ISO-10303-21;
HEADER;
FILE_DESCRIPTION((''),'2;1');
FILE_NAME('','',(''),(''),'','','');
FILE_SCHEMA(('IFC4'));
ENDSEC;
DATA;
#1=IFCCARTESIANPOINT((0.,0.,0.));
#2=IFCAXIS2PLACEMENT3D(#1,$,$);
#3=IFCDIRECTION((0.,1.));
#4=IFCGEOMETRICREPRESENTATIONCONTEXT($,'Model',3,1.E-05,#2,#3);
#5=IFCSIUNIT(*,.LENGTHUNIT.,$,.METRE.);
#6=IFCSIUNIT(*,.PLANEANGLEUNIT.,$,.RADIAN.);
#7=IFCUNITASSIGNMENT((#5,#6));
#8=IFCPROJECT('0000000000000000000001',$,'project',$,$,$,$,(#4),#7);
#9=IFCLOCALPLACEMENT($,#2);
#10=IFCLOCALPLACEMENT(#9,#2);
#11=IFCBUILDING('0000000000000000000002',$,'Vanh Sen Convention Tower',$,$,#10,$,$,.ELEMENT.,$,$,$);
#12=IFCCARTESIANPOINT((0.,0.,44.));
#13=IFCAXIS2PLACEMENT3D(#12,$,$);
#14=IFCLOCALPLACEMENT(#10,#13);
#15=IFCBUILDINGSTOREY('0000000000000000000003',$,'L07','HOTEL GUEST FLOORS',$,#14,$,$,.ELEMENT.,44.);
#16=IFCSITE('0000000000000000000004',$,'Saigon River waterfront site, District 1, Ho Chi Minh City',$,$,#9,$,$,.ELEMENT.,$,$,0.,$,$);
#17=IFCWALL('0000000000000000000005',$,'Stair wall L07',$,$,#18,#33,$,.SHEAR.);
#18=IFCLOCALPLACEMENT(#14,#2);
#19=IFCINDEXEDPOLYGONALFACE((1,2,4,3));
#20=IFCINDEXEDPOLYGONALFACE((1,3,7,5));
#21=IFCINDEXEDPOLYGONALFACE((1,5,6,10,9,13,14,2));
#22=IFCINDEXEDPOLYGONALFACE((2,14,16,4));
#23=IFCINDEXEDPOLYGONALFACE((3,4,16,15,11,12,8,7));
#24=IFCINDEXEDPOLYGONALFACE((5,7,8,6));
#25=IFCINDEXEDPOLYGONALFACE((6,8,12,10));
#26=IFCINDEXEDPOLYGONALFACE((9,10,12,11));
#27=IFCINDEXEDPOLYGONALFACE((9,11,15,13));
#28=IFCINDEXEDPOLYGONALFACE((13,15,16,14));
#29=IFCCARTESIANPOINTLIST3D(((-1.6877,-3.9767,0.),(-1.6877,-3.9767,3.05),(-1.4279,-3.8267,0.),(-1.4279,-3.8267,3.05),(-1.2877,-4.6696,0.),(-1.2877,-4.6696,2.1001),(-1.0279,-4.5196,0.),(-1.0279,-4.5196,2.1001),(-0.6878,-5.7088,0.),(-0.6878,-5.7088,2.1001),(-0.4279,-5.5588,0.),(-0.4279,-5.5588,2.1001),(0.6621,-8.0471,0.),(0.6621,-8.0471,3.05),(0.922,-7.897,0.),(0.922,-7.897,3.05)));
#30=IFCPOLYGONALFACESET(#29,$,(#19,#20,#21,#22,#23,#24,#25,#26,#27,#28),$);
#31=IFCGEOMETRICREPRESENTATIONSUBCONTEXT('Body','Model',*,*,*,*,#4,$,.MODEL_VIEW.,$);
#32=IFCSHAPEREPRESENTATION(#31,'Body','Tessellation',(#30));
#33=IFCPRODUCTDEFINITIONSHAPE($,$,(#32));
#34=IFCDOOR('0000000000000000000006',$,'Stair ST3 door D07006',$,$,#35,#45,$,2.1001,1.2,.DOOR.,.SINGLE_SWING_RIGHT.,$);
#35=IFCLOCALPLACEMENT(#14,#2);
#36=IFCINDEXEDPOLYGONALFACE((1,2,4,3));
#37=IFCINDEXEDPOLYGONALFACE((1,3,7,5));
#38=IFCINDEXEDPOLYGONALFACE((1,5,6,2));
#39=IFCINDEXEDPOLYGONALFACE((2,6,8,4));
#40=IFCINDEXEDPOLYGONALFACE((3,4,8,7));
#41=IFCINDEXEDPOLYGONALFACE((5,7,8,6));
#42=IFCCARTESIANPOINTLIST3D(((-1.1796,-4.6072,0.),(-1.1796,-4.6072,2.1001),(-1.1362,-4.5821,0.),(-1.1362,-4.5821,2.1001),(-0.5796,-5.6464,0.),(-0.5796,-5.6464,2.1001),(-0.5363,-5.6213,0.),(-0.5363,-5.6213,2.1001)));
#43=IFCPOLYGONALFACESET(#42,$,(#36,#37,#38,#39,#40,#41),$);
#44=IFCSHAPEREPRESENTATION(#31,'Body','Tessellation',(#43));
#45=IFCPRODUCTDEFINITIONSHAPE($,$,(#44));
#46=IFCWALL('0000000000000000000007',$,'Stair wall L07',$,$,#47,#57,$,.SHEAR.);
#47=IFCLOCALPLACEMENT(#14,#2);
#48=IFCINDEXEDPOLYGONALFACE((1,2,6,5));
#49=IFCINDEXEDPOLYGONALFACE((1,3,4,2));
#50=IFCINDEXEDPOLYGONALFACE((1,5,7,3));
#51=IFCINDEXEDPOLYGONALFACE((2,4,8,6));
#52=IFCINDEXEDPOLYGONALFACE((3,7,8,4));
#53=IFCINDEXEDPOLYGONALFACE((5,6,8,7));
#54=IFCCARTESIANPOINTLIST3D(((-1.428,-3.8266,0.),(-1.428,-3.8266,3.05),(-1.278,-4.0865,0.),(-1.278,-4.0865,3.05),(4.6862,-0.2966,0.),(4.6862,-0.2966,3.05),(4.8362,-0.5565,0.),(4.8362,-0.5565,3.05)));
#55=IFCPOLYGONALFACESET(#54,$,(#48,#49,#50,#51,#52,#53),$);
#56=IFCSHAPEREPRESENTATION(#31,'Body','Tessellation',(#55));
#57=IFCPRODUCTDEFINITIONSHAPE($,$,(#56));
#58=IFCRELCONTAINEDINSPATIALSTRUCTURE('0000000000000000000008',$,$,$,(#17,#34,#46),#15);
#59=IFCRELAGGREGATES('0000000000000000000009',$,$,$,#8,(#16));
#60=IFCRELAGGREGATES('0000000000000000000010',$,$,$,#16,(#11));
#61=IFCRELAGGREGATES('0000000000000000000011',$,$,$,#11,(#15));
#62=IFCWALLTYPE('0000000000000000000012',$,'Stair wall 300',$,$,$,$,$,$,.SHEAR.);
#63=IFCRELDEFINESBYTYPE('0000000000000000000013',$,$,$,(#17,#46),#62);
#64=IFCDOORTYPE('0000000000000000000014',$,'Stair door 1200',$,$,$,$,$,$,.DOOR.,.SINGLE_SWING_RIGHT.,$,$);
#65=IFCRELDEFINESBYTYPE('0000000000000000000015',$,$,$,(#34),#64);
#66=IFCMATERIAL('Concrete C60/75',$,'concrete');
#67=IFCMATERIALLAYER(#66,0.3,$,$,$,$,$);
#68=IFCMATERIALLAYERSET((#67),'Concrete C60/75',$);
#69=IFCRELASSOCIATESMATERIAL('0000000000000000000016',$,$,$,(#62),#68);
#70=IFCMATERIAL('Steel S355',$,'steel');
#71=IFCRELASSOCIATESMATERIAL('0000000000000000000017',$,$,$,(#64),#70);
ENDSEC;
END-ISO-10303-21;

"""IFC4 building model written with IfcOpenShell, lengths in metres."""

from ifc_helpers import new_model, si_unit, direction, frame, frame_2d, origin, place, context, subcontext, project, spatial, rectangle, extrude, material, layer, layer_set, type_object, element, fill, save


model = new_model("IFC4")

# Units and contexts
model_context = context("Model", 3, precision=1e-05, world=origin(), true_north=direction((0.0, 1.0)))
body_context = subcontext(model_context, "Body", "Model", "MODEL_VIEW")
ifc_project = project(units=[si_unit("LENGTHUNIT", "METRE"), si_unit("PLANEANGLEUNIT", "RADIAN")], contexts=[model_context])

# Site, building, storey
site_placement = place(None, origin())
site = spatial("IfcSite", under=ifc_project, at=site_placement, Name="Saigon River waterfront site, District 1, Ho Chi Minh City", CompositionType="ELEMENT", RefElevation=0.0)
building_placement = place(site_placement, origin())
building = spatial("IfcBuilding", under=site, at=building_placement, Name="Vanh Sen Convention Tower", CompositionType="ELEMENT")
storey_placement = place(building_placement, frame((0.0, 0.0, 44.0)))
storey = spatial("IfcBuildingStorey", under=building, at=storey_placement, Name="L07", Description="HOTEL GUEST FLOORS", CompositionType="ELEMENT", Elevation=44.0)

# Shared definitions
ifc_material_1 = material(Name="Steel S355", Category="steel")

# Shared definitions
ifc_material_2 = material(Name="Concrete C60/75", Category="concrete")
ifc_layer_1 = layer(ifc_material_2, 0.3)
ifc_layer_set_1 = layer_set([ifc_layer_1], Name="Concrete C60/75")
wall_type_1 = type_object("IfcWallType", Name="Stair wall 300", PredefinedType="SHEAR", material=ifc_layer_set_1)

# Wall, opening, door
wall_1_placement = place(storey_placement, frame((-1.5579, -3.9016, 0.0), z_axis=(0.0, 0.0, 1.0), x_axis=(0.499977, -0.866039, 0.0)))
wall_1 = element("IfcWall", 1, at=wall_1_placement, inside=storey, type_object=wall_type_1, Name="Stair wall L07", PredefinedType="SHEAR", context=body_context, shape_type="SweptSolid", body=[
    extrude(rectangle(XDim=4.7, YDim=0.3, at=frame_2d((2.3501, 0.0))), origin(), (0.0, 0.0, 1.0), 3.05),
])
opening_1_placement = place(wall_1_placement, frame((0.8, 0.0, 0.0)))
opening_1 = element("IfcOpeningElement", 2, at=opening_1_placement, cuts=wall_1, PredefinedType="OPENING", context=body_context, shape_type="SweptSolid", body=[
    extrude(rectangle(XDim=1.2, YDim=2.1001, at=frame_2d((0.6001, 1.05))), frame((0.0, 0.1599, 0.0), z_axis=(0.0, -1.0, 0.0), x_axis=(1.0, 0.0, 0.0)), (0.0, 0.0, 1.0), 0.3201),
])
door_type_1 = type_object("IfcDoorType", Name="Stair door 1200", OperationType="SINGLE_SWING_RIGHT", PredefinedType="DOOR", material=ifc_material_1)
door_1_placement = place(opening_1_placement, origin())
door_1 = element("IfcDoor", 3, at=door_1_placement, inside=storey, type_object=door_type_1, Name="Stair ST3 door D07006", OperationType="SINGLE_SWING_RIGHT", OverallHeight=2.1001, OverallWidth=1.2, PredefinedType="DOOR", context=body_context, shape_type="SweptSolid", body=[
    extrude(rectangle(XDim=1.2, YDim=2.1001, at=frame_2d((0.6001, 1.05))), frame((0.0, 0.0249, 0.0), z_axis=(0.0, -1.0, 0.0), x_axis=(1.0, 0.0, 0.0)), (0.0, 0.0, 1.0), 0.05),
])
fill(opening_1, door_1)

# Wall
wall_2_placement = place(storey_placement, frame((-1.353, -3.9565, 0.0), z_axis=(0.0, 0.0, 1.0), x_axis=(0.866028, 0.499996, 0.0)))
element("IfcWall", 4, at=wall_2_placement, inside=storey, type_object=wall_type_1, Name="Stair wall L07", PredefinedType="SHEAR", context=body_context, shape_type="SweptSolid", body=[
    extrude(rectangle(XDim=7.0601, YDim=0.3, at=frame_2d((3.53, 0.0))), origin(), (0.0, 0.0, 1.0), 3.05),
])

save(model, "model.ifc")
